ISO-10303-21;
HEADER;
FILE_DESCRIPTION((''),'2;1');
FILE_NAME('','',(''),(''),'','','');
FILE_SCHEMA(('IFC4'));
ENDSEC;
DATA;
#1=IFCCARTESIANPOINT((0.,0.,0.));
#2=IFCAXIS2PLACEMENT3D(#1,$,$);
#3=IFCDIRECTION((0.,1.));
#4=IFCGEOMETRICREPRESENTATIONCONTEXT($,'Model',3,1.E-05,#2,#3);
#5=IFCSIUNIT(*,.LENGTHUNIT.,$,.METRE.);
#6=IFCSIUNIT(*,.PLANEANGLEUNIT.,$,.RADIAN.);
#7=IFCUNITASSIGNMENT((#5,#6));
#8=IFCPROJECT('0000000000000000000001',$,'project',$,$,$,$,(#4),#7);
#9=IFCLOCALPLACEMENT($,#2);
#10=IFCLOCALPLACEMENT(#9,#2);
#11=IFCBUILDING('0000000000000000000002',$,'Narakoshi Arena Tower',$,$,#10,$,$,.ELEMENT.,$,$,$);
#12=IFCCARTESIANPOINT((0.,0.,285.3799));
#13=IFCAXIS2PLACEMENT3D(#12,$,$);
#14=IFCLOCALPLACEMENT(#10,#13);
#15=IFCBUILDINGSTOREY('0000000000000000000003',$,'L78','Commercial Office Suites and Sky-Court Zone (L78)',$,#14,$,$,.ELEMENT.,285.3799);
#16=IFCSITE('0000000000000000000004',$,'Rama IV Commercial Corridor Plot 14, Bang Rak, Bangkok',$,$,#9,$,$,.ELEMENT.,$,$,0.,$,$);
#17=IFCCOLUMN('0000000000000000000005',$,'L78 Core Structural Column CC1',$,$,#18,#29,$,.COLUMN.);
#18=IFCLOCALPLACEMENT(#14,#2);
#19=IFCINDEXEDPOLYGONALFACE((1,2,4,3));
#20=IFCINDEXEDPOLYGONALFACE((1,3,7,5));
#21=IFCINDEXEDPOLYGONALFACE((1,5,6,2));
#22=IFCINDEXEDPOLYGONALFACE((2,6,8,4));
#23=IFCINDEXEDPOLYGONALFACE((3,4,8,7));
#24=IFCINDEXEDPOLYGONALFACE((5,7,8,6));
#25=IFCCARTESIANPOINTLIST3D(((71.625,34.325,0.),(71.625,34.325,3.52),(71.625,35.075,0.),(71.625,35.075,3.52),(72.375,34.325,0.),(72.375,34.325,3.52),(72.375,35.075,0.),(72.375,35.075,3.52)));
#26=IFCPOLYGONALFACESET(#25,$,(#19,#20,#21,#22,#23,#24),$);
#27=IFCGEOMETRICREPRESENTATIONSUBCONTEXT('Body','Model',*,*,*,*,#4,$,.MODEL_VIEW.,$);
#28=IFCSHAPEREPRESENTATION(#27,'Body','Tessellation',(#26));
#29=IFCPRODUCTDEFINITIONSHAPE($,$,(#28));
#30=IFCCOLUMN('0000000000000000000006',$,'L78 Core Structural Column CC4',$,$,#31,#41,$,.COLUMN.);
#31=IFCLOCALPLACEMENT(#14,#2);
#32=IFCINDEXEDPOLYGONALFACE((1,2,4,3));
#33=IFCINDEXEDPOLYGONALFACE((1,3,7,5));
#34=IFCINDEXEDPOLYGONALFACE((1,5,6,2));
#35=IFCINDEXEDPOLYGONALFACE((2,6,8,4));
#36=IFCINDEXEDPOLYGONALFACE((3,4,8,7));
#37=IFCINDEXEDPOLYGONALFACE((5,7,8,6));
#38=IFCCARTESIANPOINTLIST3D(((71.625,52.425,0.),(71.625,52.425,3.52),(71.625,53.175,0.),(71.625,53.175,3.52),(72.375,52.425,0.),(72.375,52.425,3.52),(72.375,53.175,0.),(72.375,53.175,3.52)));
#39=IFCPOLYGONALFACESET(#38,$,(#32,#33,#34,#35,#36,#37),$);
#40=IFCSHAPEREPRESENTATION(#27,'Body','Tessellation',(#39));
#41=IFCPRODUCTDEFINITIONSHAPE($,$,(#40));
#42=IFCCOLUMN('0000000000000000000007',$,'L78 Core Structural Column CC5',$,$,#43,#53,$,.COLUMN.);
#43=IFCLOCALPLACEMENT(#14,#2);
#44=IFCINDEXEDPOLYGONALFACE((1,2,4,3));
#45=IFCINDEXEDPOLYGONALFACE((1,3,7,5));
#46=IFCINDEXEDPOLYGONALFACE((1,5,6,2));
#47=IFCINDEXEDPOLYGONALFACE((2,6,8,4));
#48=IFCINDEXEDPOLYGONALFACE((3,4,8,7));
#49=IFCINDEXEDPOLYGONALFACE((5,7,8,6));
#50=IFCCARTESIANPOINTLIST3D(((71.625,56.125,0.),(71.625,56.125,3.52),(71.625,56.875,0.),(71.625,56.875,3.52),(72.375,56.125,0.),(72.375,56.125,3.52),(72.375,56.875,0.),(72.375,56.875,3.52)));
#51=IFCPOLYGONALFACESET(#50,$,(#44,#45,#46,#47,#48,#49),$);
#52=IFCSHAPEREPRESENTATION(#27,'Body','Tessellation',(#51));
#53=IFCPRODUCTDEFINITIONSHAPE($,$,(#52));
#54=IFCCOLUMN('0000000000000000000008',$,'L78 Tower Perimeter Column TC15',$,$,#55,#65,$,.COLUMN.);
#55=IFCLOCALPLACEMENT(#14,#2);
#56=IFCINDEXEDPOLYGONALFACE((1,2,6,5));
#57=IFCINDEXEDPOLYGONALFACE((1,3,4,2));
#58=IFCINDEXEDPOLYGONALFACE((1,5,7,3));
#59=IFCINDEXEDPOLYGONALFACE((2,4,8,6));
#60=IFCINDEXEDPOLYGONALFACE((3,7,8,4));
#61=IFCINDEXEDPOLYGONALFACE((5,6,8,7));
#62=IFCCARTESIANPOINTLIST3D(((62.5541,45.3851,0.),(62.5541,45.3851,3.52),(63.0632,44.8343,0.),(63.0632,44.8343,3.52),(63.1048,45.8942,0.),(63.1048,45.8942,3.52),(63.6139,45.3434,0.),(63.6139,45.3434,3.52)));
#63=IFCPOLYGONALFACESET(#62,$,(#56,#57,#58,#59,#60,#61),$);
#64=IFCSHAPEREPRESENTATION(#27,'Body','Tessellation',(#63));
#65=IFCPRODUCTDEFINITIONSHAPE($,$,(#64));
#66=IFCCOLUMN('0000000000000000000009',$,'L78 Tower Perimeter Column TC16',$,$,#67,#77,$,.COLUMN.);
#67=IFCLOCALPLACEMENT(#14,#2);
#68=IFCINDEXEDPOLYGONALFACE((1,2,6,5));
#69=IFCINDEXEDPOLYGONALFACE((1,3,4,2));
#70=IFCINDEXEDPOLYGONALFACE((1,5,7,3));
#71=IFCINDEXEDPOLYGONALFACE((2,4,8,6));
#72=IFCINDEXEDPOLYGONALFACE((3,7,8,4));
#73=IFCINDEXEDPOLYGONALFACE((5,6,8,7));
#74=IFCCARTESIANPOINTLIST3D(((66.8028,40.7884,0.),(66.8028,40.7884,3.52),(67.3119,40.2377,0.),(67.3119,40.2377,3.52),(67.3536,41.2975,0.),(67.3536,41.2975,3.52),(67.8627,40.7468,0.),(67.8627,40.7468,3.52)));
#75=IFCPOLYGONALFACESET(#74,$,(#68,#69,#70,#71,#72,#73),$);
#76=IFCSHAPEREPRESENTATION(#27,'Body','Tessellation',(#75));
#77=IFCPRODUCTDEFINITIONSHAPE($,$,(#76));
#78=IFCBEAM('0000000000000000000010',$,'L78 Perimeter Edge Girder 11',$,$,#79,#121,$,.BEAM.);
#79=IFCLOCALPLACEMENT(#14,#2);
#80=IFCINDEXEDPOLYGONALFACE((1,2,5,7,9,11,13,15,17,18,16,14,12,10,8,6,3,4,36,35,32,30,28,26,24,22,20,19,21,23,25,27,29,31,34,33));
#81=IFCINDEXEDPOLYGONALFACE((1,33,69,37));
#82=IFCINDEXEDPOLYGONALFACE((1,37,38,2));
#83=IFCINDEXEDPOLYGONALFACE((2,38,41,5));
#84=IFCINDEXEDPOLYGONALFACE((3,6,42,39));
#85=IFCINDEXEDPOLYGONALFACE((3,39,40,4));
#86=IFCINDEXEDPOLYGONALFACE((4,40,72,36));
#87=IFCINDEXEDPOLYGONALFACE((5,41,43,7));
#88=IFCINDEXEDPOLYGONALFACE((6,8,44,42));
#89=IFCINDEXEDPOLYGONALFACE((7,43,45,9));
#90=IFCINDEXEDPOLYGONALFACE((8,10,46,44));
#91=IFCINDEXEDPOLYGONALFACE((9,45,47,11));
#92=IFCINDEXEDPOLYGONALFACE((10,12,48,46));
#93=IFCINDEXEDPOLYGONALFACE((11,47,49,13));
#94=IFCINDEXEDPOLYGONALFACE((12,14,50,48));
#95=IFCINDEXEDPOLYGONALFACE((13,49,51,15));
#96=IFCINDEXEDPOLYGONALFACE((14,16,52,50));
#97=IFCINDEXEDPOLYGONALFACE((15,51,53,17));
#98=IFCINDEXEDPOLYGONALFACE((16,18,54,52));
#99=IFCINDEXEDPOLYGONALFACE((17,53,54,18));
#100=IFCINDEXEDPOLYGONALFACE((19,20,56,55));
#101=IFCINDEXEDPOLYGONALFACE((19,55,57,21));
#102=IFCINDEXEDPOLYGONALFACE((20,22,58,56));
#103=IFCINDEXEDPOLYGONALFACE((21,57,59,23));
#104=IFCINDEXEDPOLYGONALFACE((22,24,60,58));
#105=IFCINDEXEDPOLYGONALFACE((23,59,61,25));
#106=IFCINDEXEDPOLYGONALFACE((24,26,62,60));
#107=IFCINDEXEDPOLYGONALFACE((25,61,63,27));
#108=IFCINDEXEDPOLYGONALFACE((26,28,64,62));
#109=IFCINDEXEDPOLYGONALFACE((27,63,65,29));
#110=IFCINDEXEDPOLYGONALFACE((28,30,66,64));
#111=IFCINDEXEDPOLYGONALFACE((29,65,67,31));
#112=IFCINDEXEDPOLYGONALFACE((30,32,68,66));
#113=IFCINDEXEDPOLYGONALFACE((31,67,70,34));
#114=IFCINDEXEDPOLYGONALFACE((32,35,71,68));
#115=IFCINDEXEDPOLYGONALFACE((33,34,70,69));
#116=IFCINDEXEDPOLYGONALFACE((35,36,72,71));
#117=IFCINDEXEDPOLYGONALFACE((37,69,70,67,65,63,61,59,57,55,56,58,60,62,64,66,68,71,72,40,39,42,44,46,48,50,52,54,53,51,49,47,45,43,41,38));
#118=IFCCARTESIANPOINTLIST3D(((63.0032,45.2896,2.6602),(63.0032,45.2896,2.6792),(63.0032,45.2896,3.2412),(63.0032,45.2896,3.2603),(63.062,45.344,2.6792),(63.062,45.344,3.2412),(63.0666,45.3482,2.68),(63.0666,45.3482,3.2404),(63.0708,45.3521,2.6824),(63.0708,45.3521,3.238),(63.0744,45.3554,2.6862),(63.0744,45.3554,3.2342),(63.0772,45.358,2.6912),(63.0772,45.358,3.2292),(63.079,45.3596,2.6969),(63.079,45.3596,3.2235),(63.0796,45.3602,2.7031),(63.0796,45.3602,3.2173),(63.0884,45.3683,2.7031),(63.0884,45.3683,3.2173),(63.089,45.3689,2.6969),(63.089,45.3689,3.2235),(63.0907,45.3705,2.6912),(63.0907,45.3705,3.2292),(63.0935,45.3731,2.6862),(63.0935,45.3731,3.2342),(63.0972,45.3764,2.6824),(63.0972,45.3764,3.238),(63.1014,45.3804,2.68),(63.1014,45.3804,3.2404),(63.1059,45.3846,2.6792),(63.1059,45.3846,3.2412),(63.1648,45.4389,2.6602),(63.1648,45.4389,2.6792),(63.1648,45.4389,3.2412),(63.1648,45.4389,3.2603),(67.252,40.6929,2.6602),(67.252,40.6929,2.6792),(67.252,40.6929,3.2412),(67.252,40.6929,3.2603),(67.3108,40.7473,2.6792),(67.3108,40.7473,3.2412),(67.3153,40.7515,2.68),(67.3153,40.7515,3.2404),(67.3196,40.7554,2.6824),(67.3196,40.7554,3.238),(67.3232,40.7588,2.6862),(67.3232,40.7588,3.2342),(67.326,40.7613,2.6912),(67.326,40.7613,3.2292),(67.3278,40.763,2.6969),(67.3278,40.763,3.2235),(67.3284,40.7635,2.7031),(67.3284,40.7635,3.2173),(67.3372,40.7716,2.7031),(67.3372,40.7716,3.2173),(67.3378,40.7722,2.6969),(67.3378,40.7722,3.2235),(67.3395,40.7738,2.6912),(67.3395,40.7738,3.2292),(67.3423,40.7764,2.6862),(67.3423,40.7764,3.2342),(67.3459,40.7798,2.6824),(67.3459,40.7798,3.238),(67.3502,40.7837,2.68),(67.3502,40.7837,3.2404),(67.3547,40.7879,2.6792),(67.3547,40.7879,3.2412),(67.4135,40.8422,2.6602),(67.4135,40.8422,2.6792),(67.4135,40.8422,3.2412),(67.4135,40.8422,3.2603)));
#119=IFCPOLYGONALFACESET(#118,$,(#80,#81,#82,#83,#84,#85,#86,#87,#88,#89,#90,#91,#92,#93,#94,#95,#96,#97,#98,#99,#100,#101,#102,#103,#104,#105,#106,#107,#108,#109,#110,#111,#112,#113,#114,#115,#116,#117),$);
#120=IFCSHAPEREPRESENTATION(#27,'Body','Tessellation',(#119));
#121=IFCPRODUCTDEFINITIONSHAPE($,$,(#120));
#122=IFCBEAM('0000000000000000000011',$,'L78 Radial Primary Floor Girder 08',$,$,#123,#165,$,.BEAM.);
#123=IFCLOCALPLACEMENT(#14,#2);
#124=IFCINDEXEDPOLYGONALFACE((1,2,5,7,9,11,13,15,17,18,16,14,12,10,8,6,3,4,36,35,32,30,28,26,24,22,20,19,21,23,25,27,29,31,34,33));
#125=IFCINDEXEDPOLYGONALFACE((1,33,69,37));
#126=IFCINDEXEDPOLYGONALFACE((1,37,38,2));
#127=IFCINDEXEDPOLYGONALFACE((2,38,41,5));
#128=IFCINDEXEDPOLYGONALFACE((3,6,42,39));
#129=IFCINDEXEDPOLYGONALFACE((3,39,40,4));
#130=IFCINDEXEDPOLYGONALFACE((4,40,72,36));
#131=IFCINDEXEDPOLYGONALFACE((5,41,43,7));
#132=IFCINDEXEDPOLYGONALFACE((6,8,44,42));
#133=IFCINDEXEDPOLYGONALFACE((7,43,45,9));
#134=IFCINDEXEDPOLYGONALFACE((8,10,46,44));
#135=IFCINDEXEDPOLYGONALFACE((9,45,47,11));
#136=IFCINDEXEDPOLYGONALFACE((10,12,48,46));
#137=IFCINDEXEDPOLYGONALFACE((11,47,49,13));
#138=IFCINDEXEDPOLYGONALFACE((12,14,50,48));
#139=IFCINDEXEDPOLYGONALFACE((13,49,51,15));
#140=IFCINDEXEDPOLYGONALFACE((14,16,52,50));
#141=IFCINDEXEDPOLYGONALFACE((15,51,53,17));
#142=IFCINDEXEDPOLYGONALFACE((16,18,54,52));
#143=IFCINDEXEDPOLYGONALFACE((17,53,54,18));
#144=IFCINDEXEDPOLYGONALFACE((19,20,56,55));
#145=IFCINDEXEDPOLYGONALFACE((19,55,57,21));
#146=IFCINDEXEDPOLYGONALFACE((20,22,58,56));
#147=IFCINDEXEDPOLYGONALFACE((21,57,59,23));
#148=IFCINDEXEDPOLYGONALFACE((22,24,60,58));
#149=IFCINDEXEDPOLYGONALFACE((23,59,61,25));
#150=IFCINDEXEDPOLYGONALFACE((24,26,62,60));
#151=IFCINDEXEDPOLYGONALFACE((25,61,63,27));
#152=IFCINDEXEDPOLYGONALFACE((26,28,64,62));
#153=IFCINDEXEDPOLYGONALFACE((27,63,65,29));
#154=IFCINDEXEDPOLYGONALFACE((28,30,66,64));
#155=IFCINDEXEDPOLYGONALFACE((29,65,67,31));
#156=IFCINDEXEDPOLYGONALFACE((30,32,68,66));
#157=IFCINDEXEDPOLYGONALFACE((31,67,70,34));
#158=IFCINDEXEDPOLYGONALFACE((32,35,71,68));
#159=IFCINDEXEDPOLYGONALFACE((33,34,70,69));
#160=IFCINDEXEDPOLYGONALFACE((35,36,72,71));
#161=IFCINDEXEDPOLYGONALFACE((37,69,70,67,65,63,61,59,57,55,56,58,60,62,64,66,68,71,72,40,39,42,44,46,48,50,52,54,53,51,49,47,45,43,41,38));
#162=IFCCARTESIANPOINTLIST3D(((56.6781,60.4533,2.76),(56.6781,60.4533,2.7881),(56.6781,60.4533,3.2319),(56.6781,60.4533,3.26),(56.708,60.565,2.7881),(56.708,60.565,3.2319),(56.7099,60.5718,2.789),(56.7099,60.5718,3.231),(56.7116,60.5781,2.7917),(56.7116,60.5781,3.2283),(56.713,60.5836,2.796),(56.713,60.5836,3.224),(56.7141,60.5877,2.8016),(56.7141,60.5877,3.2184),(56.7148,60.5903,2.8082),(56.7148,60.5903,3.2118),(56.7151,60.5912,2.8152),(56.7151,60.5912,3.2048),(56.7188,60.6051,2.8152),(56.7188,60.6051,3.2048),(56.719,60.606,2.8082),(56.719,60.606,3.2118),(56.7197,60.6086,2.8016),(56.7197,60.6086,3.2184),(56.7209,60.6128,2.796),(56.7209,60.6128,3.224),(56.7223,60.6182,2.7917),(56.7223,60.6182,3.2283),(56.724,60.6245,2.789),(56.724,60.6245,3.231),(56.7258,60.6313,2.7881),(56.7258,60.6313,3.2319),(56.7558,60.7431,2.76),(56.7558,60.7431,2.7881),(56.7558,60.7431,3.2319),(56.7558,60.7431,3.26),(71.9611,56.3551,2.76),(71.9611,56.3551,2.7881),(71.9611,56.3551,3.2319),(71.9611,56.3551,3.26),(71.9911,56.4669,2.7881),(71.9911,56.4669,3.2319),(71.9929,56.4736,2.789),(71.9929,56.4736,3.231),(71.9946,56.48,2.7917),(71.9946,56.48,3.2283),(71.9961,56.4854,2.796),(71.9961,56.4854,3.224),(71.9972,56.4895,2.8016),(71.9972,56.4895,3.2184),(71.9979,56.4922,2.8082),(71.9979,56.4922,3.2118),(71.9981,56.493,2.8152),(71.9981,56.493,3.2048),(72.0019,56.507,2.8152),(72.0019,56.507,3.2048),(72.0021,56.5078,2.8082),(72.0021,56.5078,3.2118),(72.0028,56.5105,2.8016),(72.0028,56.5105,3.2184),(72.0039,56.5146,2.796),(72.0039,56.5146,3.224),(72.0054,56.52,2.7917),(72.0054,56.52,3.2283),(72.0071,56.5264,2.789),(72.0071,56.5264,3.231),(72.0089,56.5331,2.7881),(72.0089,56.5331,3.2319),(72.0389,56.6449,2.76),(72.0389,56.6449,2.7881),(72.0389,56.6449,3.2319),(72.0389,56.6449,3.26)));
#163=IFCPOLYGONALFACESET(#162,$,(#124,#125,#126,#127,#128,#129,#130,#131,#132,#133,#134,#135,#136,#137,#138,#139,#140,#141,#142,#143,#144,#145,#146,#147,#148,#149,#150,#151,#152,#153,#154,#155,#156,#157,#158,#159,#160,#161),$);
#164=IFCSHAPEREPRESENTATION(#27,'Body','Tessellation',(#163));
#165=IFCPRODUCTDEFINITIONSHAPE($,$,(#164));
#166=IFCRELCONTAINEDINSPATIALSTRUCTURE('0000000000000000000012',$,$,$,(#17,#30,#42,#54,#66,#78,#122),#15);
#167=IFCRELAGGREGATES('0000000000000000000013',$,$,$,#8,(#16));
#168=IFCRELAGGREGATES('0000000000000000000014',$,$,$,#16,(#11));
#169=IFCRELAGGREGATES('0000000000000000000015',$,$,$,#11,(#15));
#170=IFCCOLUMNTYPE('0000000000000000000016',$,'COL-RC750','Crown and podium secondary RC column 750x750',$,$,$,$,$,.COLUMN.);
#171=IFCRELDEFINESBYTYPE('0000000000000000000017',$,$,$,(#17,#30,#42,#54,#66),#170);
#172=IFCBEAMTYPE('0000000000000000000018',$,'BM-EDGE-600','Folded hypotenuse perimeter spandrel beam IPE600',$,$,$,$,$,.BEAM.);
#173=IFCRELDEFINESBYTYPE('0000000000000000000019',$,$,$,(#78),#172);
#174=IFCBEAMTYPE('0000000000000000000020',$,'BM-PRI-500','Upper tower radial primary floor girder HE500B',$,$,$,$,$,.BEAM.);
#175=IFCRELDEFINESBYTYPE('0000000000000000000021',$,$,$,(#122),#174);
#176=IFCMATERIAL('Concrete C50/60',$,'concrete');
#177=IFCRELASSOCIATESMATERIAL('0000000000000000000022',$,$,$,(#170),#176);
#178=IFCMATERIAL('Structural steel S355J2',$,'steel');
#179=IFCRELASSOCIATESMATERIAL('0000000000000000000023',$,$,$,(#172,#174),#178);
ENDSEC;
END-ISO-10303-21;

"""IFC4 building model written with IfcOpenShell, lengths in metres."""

from ifc_helpers import new_model, si_unit, direction, frame, origin, origin_2d, place, context, subcontext, project, spatial, rectangle, i_section, extrude, material, material_profile, profile_set, type_object, element, save


model = new_model("IFC4")

# Units and contexts
model_context = context("Model", 3, precision=1e-05, world=origin(), true_north=direction((0.0, 1.0)))
body_context = subcontext(model_context, "Body", "Model", "MODEL_VIEW")
ifc_project = project(units=[si_unit("LENGTHUNIT", "METRE"), si_unit("PLANEANGLEUNIT", "RADIAN")], contexts=[model_context])

# Site, building, storey
site_placement = place(None, origin())
site = spatial("IfcSite", under=ifc_project, at=site_placement, Name="Rama IV Commercial Corridor Plot 14, Bang Rak, Bangkok", CompositionType="ELEMENT", RefElevation=0.0)
building_placement = place(site_placement, origin())
building = spatial("IfcBuilding", under=site, at=building_placement, Name="Narakoshi Arena Tower", CompositionType="ELEMENT")
storey_placement = place(building_placement, frame((0.0, 0.0, 285.3799)))
storey = spatial("IfcBuildingStorey", under=building, at=storey_placement, Name="L78", Description="Commercial Office Suites and Sky-Court Zone (L78)", CompositionType="ELEMENT", Elevation=285.3799)

# Columns
ifc_material_1 = material(Name="Concrete C50/60", Category="concrete")
ifc_material_profile_1 = material_profile(ifc_material_1, rectangle(XDim=0.75, YDim=0.75, at=origin_2d()), Name="RC750x750")
ifc_profile_set_1 = profile_set([ifc_material_profile_1], Name="Concrete C50/60")
column_type = type_object("IfcColumnType", Name="COL-RC750", Description="Crown and podium secondary RC column 750x750", PredefinedType="COLUMN", material=ifc_profile_set_1)
for number, where, z_axis, x_axis, name in (
    (1, (72.0, 34.7, 0.0), (0.0, 0.0, 1.0), (1.0, 0.0, 0.0), "L78 Core Structural Column CC1"),
    (2, (72.0, 52.8, 0.0), (0.0, 0.0, 1.0), (1.0, 0.0, 0.0), "L78 Core Structural Column CC4"),
    (3, (72.0, 56.5, 0.0), (0.0, 0.0, 1.0), (1.0, 0.0, 0.0), "L78 Core Structural Column CC5"),
    (4, (63.084, 45.3643, 0.0), (0.0, 0.0, 1.0), (-0.678801, 0.734323, 0.0), "L78 Tower Perimeter Column TC15"),
    (5, (67.3328, 40.7676, 0.0), (0.0, 0.0, 1.0), (-0.678801, 0.734323, 0.0), "L78 Tower Perimeter Column TC16"),
):
    element("IfcColumn", number, at=place(storey_placement, frame(where, z_axis=z_axis, x_axis=x_axis)), inside=storey, type_object=column_type, Name=name, PredefinedType="COLUMN", context=body_context, shape_type="SweptSolid", body=[
        extrude(rectangle(XDim=0.75, YDim=0.75, at=origin_2d()), origin(), (0.0, 0.0, 1.0), 3.52),
    ])

# Beams
ifc_material_2 = material(Name="Structural steel S355J2", Category="steel")
ifc_material_profile_2 = material_profile(ifc_material_2, i_section(OverallWidth=0.22, OverallDepth=0.6001, WebThickness=0.012, FlangeThickness=0.019, FilletRadius=0.0239, at=origin_2d()), Name="IPE600")
ifc_profile_set_2 = profile_set([ifc_material_profile_2], Name="Structural steel S355J2")
beam_type_1 = type_object("IfcBeamType", Name="BM-EDGE-600", Description="Folded hypotenuse perimeter spandrel beam IPE600", PredefinedType="BEAM", material=ifc_profile_set_2)
beam_1_placement = place(storey_placement, frame((63.084, 45.3643, 2.9602), z_axis=(0.678771, -0.73435, 0.0), x_axis=(0.73435, 0.678771, 0.0)))
element("IfcBeam", 6, at=beam_1_placement, inside=storey, type_object=beam_type_1, Name="L78 Perimeter Edge Girder 11", PredefinedType="BEAM", context=body_context, shape_type="SweptSolid", body=[
    extrude(i_section(OverallWidth=0.22, OverallDepth=0.6001, WebThickness=0.012, FlangeThickness=0.019, FilletRadius=0.0239, at=origin_2d()), origin(), (0.0, 0.0, 1.0), 6.2595),
])
ifc_material_profile_3 = material_profile(ifc_material_2, i_section(OverallWidth=0.3, OverallDepth=0.5, WebThickness=0.0144, FlangeThickness=0.0281, FilletRadius=0.0271, at=origin_2d()), Name="HE500B")
ifc_profile_set_3 = profile_set([ifc_material_profile_3], Name="Structural steel S355J2")
beam_type_2 = type_object("IfcBeamType", Name="BM-PRI-500", Description="Upper tower radial primary floor girder HE500B", PredefinedType="BEAM", material=ifc_profile_set_3)
beam_2_placement = place(storey_placement, frame((72.0, 56.5, 3.01), z_axis=(-0.965877, 0.259001, 0.0), x_axis=(-0.259001, -0.965877, 0.0)))
element("IfcBeam", 7, at=beam_2_placement, inside=storey, type_object=beam_type_2, Name="L78 Radial Primary Floor Girder 08", PredefinedType="BEAM", context=body_context, shape_type="SweptSolid", body=[
    extrude(i_section(OverallWidth=0.3, OverallDepth=0.5, WebThickness=0.0144, FlangeThickness=0.0281, FilletRadius=0.0271, at=origin_2d()), origin(), (0.0, 0.0, 1.0), 15.823),
])

save(model, "model.ifc")
